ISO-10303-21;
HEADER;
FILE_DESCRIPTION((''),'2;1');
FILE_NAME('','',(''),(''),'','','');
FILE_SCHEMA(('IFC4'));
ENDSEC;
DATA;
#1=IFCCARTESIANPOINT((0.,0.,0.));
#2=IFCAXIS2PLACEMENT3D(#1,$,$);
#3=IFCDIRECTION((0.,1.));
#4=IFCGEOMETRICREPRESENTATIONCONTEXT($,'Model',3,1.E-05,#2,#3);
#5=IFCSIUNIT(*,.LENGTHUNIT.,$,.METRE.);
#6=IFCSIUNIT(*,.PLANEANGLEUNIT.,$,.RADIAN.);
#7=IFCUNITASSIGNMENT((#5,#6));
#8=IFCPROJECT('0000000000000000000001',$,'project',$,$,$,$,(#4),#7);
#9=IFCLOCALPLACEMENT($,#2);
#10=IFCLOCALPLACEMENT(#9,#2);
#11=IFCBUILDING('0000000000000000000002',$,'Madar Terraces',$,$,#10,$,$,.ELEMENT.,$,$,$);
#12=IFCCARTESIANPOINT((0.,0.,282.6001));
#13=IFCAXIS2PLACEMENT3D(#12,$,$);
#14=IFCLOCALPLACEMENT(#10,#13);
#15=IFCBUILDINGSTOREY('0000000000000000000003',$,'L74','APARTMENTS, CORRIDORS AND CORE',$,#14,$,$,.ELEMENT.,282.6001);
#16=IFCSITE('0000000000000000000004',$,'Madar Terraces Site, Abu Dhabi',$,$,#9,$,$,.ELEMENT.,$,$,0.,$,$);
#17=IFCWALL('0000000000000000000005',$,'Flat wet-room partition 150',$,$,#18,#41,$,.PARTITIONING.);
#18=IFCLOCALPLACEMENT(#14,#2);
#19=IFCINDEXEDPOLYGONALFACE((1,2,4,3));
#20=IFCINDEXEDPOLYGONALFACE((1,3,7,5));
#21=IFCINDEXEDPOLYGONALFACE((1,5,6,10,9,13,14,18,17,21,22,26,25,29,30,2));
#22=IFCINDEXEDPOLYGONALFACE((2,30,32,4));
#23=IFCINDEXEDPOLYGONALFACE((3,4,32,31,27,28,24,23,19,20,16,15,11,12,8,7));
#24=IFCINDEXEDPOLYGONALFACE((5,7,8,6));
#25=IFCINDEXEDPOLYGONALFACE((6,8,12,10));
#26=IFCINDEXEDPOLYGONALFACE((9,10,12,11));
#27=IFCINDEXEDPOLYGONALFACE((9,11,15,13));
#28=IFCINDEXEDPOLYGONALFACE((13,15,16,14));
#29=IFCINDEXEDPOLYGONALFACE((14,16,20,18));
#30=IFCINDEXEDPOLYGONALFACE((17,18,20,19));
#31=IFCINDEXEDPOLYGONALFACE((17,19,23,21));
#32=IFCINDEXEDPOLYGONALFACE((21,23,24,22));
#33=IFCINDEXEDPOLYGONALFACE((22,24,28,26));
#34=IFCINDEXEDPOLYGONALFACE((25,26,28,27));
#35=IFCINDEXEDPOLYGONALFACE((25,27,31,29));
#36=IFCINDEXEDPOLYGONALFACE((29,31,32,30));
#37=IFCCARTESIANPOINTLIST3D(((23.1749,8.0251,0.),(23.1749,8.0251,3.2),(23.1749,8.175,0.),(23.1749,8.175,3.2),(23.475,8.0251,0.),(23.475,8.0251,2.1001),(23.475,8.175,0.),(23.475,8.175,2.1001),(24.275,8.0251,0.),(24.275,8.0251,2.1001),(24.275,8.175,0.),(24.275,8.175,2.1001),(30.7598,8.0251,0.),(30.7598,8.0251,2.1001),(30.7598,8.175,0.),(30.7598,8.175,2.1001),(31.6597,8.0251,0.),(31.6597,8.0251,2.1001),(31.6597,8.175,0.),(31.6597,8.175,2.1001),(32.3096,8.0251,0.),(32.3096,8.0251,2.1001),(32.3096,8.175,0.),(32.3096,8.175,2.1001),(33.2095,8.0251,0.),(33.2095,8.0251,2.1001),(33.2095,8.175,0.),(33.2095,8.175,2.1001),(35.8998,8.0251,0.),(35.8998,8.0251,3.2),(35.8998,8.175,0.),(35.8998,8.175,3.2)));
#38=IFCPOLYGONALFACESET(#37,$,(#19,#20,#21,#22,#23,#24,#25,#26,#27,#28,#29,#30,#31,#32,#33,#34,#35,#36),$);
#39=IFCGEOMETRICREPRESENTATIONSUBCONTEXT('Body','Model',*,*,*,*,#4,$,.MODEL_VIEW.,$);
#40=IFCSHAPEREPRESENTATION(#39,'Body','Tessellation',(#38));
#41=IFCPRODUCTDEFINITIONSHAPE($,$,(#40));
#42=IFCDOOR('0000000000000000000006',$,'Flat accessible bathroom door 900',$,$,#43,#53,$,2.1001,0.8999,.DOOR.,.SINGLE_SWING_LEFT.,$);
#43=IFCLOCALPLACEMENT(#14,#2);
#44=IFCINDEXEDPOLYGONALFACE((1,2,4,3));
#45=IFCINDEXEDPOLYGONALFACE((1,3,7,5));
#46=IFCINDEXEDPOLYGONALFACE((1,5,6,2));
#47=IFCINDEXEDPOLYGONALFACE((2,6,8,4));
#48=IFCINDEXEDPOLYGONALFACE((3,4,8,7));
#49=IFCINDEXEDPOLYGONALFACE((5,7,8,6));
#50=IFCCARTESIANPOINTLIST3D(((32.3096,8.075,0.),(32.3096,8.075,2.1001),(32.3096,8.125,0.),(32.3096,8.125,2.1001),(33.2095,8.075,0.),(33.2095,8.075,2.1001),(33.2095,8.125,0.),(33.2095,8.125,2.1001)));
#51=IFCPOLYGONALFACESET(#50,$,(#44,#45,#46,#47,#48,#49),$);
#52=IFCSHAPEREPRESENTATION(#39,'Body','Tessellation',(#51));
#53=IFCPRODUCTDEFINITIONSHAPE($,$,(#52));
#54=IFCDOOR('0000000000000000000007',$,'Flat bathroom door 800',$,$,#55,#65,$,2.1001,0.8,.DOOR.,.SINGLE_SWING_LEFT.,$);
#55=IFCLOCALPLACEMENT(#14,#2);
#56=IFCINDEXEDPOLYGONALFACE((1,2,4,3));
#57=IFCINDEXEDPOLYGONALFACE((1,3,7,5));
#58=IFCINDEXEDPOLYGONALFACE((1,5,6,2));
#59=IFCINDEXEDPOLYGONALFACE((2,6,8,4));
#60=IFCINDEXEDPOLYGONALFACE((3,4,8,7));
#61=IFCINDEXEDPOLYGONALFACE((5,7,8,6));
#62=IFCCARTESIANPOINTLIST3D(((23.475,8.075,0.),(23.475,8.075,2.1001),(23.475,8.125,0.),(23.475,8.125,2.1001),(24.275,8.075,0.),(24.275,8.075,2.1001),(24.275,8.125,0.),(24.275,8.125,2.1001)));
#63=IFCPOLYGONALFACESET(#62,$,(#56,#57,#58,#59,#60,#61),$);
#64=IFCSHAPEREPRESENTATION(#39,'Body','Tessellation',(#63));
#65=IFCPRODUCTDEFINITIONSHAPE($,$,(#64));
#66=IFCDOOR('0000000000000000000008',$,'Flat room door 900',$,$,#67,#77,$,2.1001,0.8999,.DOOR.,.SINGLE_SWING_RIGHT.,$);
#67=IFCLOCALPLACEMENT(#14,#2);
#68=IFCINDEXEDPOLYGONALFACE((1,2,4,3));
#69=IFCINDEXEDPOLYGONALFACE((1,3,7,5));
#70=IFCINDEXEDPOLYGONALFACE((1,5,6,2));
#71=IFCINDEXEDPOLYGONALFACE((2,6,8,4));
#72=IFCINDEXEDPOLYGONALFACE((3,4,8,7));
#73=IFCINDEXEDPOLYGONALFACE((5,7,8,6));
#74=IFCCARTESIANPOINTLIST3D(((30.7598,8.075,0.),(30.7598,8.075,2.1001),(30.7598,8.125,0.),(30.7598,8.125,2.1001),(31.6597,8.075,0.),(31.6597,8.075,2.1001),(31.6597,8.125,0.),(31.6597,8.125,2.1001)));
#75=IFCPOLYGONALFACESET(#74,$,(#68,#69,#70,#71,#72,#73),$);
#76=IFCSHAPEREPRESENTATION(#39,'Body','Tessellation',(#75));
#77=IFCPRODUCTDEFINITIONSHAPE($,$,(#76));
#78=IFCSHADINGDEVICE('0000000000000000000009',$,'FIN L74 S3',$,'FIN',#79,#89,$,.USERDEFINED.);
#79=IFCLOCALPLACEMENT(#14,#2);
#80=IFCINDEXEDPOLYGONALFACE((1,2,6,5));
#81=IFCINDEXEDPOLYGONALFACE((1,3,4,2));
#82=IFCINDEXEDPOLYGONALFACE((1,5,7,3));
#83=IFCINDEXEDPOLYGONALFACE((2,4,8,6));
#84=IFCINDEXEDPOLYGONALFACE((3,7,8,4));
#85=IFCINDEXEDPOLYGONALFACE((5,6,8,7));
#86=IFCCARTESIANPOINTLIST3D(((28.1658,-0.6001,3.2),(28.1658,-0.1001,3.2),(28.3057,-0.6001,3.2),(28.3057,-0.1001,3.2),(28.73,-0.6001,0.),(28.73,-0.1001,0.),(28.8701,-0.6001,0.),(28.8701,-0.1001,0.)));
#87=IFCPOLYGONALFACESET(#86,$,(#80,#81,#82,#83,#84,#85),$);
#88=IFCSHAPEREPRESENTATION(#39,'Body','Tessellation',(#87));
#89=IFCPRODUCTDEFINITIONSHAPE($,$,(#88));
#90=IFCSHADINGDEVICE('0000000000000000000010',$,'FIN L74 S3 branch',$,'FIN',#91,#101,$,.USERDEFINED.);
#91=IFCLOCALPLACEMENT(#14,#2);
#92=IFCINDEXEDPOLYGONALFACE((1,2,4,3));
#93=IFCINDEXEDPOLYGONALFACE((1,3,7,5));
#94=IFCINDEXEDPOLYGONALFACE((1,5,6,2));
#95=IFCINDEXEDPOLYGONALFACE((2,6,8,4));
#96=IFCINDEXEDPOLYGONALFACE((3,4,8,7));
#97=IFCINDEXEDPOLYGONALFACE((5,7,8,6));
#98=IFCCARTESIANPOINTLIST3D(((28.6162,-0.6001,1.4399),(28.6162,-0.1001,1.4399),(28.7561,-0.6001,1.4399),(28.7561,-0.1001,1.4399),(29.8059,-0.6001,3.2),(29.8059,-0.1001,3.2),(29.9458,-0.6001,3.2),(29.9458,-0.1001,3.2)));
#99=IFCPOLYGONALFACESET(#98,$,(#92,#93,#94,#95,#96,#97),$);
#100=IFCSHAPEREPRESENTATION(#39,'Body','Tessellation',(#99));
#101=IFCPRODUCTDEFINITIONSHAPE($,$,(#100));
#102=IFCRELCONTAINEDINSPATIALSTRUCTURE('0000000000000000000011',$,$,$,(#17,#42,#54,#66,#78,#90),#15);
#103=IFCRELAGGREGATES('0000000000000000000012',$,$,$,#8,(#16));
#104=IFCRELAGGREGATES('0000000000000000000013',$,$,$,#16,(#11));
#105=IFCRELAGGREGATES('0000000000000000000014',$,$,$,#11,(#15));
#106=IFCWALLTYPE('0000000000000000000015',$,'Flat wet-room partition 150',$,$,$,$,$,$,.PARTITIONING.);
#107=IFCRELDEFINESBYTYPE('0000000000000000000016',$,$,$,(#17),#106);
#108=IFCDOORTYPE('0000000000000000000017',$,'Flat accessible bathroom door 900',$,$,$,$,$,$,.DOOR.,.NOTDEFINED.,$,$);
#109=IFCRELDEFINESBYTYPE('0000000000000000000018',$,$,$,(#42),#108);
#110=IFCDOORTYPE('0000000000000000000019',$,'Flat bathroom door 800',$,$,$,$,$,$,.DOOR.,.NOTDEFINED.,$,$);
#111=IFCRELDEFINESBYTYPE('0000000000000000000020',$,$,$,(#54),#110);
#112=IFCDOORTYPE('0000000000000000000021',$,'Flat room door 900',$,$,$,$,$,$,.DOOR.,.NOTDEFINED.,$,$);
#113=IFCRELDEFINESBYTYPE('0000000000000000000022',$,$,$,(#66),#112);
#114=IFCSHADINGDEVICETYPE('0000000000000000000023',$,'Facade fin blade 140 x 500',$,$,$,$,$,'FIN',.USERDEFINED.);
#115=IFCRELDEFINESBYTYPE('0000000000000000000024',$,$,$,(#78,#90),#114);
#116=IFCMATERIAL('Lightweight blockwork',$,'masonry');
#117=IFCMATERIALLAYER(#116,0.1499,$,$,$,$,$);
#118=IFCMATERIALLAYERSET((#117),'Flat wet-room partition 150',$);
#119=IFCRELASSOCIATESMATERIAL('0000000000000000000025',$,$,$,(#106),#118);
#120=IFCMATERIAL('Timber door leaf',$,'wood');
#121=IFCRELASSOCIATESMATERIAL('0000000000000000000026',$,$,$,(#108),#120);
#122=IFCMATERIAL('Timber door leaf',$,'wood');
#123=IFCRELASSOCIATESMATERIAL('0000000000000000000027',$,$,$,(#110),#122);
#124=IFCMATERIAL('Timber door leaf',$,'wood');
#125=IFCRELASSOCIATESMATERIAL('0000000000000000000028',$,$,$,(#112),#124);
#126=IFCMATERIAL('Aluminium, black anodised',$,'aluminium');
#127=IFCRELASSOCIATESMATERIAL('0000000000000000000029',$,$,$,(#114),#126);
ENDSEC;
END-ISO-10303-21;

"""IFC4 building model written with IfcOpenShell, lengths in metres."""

from ifc_helpers import new_model, si_unit, direction, frame, frame_2d, origin, place, context, subcontext, project, spatial, polyline, rectangle, outline, extrude, material, layer, layer_set, type_object, element, fill, save


model = new_model("IFC4")

# Units and contexts
model_context = context("Model", 3, precision=1e-05, world=origin(), true_north=direction((0.0, 1.0)))
body_context = subcontext(model_context, "Body", "Model", "MODEL_VIEW")
ifc_project = project(units=[si_unit("LENGTHUNIT", "METRE"), si_unit("PLANEANGLEUNIT", "RADIAN")], contexts=[model_context])

# Site, building, storey
site_placement = place(None, origin())
site = spatial("IfcSite", under=ifc_project, at=site_placement, Name="Madar Terraces Site, Abu Dhabi", CompositionType="ELEMENT", RefElevation=0.0)
building_placement = place(site_placement, origin())
building = spatial("IfcBuilding", under=site, at=building_placement, Name="Madar Terraces", CompositionType="ELEMENT")
storey_placement = place(building_placement, frame((0.0, 0.0, 282.6001)))
storey = spatial("IfcBuildingStorey", under=building, at=storey_placement, Name="L74", Description="APARTMENTS, CORRIDORS AND CORE", CompositionType="ELEMENT", Elevation=282.6001)

# Wall, openings, doors
ifc_material_1 = material(Name="Lightweight blockwork", Category="masonry")
ifc_layer_1 = layer(ifc_material_1, 0.1499)
ifc_layer_set_1 = layer_set([ifc_layer_1], Name="Flat wet-room partition 150")
wall_type_1 = type_object("IfcWallType", Name="Flat wet-room partition 150", PredefinedType="PARTITIONING", material=ifc_layer_set_1)
wall_1_placement = place(storey_placement, frame((23.175, 8.1001, 0.0), z_axis=(0.0, 0.0, 1.0), x_axis=(1.0, 0.0, 0.0)))
wall_1 = element("IfcWall", 1, at=wall_1_placement, inside=storey, type_object=wall_type_1, Name="Flat wet-room partition 150", PredefinedType="PARTITIONING", context=body_context, shape_type="SweptSolid", body=[
    extrude(rectangle(XDim=12.7249, YDim=0.1499, at=frame_2d((6.3623, 0.0))), origin(), (0.0, 0.0, 1.0), 3.2),
])
opening_1_placement = place(wall_1_placement, frame((0.3, 0.0, 0.0)))
opening_1 = element("IfcOpeningElement", 2, at=opening_1_placement, cuts=wall_1, PredefinedType="OPENING", context=body_context, shape_type="SweptSolid", body=[
    extrude(rectangle(XDim=0.8, YDim=2.1001, at=frame_2d((0.3999, 1.05))), frame((0.0, 0.085, 0.0), z_axis=(0.0, -1.0, 0.0), x_axis=(1.0, 0.0, 0.0)), (0.0, 0.0, 1.0), 0.1699),
])
opening_2_placement = place(wall_1_placement, frame((7.5847, 0.0, 0.0)))
opening_2 = element("IfcOpeningElement", 3, at=opening_2_placement, cuts=wall_1, PredefinedType="OPENING", context=body_context, shape_type="SweptSolid", body=[
    extrude(rectangle(XDim=0.8999, YDim=2.1001, at=frame_2d((0.45, 1.05))), frame((0.0, 0.085, 0.0), z_axis=(0.0, -1.0, 0.0), x_axis=(1.0, 0.0, 0.0)), (0.0, 0.0, 1.0), 0.1699),
])
opening_3_placement = place(wall_1_placement, frame((9.1345, 0.0, 0.0)))
opening_3 = element("IfcOpeningElement", 4, at=opening_3_placement, cuts=wall_1, PredefinedType="OPENING", context=body_context, shape_type="SweptSolid", body=[
    extrude(rectangle(XDim=0.8999, YDim=2.1001, at=frame_2d((0.45, 1.05))), frame((0.0, 0.085, 0.0), z_axis=(0.0, -1.0, 0.0), x_axis=(1.0, 0.0, 0.0)), (0.0, 0.0, 1.0), 0.1699),
])
ifc_material_2 = material(Name="Timber door leaf", Category="wood")
door_type_1 = type_object("IfcDoorType", Name="Flat accessible bathroom door 900", OperationType="NOTDEFINED", PredefinedType="DOOR", material=ifc_material_2)
door_1_placement = place(opening_3_placement, origin())
door_1 = element("IfcDoor", 5, at=door_1_placement, inside=storey, type_object=door_type_1, Name="Flat accessible bathroom door 900", OperationType="SINGLE_SWING_LEFT", OverallHeight=2.1001, OverallWidth=0.8999, PredefinedType="DOOR", context=body_context, shape_type="SweptSolid", body=[
    extrude(rectangle(XDim=0.8999, YDim=2.1001, at=frame_2d((0.45, 1.05))), frame((0.0, 0.0249, 0.0), z_axis=(0.0, -1.0, 0.0), x_axis=(1.0, 0.0, 0.0)), (0.0, 0.0, 1.0), 0.05),
])
fill(opening_3, door_1)
ifc_material_3 = material(Name="Timber door leaf", Category="wood")
door_type_2 = type_object("IfcDoorType", Name="Flat bathroom door 800", OperationType="NOTDEFINED", PredefinedType="DOOR", material=ifc_material_3)
door_2_placement = place(opening_1_placement, origin())
door_2 = element("IfcDoor", 6, at=door_2_placement, inside=storey, type_object=door_type_2, Name="Flat bathroom door 800", OperationType="SINGLE_SWING_LEFT", OverallHeight=2.1001, OverallWidth=0.8, PredefinedType="DOOR", context=body_context, shape_type="SweptSolid", body=[
    extrude(rectangle(XDim=0.8, YDim=2.1001, at=frame_2d((0.3999, 1.05))), frame((0.0, 0.0249, 0.0), z_axis=(0.0, -1.0, 0.0), x_axis=(1.0, 0.0, 0.0)), (0.0, 0.0, 1.0), 0.05),
])
fill(opening_1, door_2)
ifc_material_4 = material(Name="Timber door leaf", Category="wood")
door_type_3 = type_object("IfcDoorType", Name="Flat room door 900", OperationType="NOTDEFINED", PredefinedType="DOOR", material=ifc_material_4)
door_3_placement = place(opening_2_placement, origin())
door_3 = element("IfcDoor", 7, at=door_3_placement, inside=storey, type_object=door_type_3, Name="Flat room door 900", OperationType="SINGLE_SWING_RIGHT", OverallHeight=2.1001, OverallWidth=0.8999, PredefinedType="DOOR", context=body_context, shape_type="SweptSolid", body=[
    extrude(rectangle(XDim=0.8999, YDim=2.1001, at=frame_2d((0.45, 1.05))), frame((0.0, 0.0249, 0.0), z_axis=(0.0, -1.0, 0.0), x_axis=(1.0, 0.0, 0.0)), (0.0, 0.0, 1.0), 0.05),
])
fill(opening_2, door_3)

# Shading devices
ifc_material_5 = material(Name="Aluminium, black anodised", Category="aluminium")
shading_device_type = type_object("IfcShadingDeviceType", Name="Facade fin blade 140 x 500", ElementType="FIN", PredefinedType="USERDEFINED", material=ifc_material_5)
shading_device_1_placement = place(storey_placement, frame((28.73, -0.3501, 0.0), z_axis=(0.0, 0.0, 1.0), x_axis=(1.0, 0.0, 0.0)))
element("IfcShadingDevice", 8, at=shading_device_1_placement, inside=storey, type_object=shading_device_type, Name="FIN L74 S3", ObjectType="FIN", PredefinedType="USERDEFINED", context=body_context, shape_type="SweptSolid", body=[
    extrude(outline(polyline([(0.0, 0.0), (0.1401, 0.0), (-0.4243, 3.2), (-0.5642, 3.2), (0.0, 0.0)])), frame((0.0, 0.25, 0.0), z_axis=(0.0, -1.0, 0.0), x_axis=(1.0, 0.0, 0.0)), (0.0, 0.0, 1.0), 0.5),
])
shading_device_2_placement = place(storey_placement, frame((28.6162, -0.3501, 1.4399), z_axis=(0.0, 0.0, 1.0), x_axis=(1.0, 0.0, 0.0)))
element("IfcShadingDevice", 9, at=shading_device_2_placement, inside=storey, type_object=shading_device_type, Name="FIN L74 S3 branch", ObjectType="FIN", PredefinedType="USERDEFINED", context=body_context, shape_type="SweptSolid", body=[
    extrude(outline(polyline([(0.0, 0.0), (0.1399, 0.0), (1.3296, 1.76), (1.1897, 1.76), (0.0, 0.0)])), frame((0.0, 0.25, 0.0), z_axis=(0.0, -1.0, 0.0), x_axis=(1.0, 0.0, 0.0)), (0.0, 0.0, 1.0), 0.5),
])

save(model, "model.ifc")
